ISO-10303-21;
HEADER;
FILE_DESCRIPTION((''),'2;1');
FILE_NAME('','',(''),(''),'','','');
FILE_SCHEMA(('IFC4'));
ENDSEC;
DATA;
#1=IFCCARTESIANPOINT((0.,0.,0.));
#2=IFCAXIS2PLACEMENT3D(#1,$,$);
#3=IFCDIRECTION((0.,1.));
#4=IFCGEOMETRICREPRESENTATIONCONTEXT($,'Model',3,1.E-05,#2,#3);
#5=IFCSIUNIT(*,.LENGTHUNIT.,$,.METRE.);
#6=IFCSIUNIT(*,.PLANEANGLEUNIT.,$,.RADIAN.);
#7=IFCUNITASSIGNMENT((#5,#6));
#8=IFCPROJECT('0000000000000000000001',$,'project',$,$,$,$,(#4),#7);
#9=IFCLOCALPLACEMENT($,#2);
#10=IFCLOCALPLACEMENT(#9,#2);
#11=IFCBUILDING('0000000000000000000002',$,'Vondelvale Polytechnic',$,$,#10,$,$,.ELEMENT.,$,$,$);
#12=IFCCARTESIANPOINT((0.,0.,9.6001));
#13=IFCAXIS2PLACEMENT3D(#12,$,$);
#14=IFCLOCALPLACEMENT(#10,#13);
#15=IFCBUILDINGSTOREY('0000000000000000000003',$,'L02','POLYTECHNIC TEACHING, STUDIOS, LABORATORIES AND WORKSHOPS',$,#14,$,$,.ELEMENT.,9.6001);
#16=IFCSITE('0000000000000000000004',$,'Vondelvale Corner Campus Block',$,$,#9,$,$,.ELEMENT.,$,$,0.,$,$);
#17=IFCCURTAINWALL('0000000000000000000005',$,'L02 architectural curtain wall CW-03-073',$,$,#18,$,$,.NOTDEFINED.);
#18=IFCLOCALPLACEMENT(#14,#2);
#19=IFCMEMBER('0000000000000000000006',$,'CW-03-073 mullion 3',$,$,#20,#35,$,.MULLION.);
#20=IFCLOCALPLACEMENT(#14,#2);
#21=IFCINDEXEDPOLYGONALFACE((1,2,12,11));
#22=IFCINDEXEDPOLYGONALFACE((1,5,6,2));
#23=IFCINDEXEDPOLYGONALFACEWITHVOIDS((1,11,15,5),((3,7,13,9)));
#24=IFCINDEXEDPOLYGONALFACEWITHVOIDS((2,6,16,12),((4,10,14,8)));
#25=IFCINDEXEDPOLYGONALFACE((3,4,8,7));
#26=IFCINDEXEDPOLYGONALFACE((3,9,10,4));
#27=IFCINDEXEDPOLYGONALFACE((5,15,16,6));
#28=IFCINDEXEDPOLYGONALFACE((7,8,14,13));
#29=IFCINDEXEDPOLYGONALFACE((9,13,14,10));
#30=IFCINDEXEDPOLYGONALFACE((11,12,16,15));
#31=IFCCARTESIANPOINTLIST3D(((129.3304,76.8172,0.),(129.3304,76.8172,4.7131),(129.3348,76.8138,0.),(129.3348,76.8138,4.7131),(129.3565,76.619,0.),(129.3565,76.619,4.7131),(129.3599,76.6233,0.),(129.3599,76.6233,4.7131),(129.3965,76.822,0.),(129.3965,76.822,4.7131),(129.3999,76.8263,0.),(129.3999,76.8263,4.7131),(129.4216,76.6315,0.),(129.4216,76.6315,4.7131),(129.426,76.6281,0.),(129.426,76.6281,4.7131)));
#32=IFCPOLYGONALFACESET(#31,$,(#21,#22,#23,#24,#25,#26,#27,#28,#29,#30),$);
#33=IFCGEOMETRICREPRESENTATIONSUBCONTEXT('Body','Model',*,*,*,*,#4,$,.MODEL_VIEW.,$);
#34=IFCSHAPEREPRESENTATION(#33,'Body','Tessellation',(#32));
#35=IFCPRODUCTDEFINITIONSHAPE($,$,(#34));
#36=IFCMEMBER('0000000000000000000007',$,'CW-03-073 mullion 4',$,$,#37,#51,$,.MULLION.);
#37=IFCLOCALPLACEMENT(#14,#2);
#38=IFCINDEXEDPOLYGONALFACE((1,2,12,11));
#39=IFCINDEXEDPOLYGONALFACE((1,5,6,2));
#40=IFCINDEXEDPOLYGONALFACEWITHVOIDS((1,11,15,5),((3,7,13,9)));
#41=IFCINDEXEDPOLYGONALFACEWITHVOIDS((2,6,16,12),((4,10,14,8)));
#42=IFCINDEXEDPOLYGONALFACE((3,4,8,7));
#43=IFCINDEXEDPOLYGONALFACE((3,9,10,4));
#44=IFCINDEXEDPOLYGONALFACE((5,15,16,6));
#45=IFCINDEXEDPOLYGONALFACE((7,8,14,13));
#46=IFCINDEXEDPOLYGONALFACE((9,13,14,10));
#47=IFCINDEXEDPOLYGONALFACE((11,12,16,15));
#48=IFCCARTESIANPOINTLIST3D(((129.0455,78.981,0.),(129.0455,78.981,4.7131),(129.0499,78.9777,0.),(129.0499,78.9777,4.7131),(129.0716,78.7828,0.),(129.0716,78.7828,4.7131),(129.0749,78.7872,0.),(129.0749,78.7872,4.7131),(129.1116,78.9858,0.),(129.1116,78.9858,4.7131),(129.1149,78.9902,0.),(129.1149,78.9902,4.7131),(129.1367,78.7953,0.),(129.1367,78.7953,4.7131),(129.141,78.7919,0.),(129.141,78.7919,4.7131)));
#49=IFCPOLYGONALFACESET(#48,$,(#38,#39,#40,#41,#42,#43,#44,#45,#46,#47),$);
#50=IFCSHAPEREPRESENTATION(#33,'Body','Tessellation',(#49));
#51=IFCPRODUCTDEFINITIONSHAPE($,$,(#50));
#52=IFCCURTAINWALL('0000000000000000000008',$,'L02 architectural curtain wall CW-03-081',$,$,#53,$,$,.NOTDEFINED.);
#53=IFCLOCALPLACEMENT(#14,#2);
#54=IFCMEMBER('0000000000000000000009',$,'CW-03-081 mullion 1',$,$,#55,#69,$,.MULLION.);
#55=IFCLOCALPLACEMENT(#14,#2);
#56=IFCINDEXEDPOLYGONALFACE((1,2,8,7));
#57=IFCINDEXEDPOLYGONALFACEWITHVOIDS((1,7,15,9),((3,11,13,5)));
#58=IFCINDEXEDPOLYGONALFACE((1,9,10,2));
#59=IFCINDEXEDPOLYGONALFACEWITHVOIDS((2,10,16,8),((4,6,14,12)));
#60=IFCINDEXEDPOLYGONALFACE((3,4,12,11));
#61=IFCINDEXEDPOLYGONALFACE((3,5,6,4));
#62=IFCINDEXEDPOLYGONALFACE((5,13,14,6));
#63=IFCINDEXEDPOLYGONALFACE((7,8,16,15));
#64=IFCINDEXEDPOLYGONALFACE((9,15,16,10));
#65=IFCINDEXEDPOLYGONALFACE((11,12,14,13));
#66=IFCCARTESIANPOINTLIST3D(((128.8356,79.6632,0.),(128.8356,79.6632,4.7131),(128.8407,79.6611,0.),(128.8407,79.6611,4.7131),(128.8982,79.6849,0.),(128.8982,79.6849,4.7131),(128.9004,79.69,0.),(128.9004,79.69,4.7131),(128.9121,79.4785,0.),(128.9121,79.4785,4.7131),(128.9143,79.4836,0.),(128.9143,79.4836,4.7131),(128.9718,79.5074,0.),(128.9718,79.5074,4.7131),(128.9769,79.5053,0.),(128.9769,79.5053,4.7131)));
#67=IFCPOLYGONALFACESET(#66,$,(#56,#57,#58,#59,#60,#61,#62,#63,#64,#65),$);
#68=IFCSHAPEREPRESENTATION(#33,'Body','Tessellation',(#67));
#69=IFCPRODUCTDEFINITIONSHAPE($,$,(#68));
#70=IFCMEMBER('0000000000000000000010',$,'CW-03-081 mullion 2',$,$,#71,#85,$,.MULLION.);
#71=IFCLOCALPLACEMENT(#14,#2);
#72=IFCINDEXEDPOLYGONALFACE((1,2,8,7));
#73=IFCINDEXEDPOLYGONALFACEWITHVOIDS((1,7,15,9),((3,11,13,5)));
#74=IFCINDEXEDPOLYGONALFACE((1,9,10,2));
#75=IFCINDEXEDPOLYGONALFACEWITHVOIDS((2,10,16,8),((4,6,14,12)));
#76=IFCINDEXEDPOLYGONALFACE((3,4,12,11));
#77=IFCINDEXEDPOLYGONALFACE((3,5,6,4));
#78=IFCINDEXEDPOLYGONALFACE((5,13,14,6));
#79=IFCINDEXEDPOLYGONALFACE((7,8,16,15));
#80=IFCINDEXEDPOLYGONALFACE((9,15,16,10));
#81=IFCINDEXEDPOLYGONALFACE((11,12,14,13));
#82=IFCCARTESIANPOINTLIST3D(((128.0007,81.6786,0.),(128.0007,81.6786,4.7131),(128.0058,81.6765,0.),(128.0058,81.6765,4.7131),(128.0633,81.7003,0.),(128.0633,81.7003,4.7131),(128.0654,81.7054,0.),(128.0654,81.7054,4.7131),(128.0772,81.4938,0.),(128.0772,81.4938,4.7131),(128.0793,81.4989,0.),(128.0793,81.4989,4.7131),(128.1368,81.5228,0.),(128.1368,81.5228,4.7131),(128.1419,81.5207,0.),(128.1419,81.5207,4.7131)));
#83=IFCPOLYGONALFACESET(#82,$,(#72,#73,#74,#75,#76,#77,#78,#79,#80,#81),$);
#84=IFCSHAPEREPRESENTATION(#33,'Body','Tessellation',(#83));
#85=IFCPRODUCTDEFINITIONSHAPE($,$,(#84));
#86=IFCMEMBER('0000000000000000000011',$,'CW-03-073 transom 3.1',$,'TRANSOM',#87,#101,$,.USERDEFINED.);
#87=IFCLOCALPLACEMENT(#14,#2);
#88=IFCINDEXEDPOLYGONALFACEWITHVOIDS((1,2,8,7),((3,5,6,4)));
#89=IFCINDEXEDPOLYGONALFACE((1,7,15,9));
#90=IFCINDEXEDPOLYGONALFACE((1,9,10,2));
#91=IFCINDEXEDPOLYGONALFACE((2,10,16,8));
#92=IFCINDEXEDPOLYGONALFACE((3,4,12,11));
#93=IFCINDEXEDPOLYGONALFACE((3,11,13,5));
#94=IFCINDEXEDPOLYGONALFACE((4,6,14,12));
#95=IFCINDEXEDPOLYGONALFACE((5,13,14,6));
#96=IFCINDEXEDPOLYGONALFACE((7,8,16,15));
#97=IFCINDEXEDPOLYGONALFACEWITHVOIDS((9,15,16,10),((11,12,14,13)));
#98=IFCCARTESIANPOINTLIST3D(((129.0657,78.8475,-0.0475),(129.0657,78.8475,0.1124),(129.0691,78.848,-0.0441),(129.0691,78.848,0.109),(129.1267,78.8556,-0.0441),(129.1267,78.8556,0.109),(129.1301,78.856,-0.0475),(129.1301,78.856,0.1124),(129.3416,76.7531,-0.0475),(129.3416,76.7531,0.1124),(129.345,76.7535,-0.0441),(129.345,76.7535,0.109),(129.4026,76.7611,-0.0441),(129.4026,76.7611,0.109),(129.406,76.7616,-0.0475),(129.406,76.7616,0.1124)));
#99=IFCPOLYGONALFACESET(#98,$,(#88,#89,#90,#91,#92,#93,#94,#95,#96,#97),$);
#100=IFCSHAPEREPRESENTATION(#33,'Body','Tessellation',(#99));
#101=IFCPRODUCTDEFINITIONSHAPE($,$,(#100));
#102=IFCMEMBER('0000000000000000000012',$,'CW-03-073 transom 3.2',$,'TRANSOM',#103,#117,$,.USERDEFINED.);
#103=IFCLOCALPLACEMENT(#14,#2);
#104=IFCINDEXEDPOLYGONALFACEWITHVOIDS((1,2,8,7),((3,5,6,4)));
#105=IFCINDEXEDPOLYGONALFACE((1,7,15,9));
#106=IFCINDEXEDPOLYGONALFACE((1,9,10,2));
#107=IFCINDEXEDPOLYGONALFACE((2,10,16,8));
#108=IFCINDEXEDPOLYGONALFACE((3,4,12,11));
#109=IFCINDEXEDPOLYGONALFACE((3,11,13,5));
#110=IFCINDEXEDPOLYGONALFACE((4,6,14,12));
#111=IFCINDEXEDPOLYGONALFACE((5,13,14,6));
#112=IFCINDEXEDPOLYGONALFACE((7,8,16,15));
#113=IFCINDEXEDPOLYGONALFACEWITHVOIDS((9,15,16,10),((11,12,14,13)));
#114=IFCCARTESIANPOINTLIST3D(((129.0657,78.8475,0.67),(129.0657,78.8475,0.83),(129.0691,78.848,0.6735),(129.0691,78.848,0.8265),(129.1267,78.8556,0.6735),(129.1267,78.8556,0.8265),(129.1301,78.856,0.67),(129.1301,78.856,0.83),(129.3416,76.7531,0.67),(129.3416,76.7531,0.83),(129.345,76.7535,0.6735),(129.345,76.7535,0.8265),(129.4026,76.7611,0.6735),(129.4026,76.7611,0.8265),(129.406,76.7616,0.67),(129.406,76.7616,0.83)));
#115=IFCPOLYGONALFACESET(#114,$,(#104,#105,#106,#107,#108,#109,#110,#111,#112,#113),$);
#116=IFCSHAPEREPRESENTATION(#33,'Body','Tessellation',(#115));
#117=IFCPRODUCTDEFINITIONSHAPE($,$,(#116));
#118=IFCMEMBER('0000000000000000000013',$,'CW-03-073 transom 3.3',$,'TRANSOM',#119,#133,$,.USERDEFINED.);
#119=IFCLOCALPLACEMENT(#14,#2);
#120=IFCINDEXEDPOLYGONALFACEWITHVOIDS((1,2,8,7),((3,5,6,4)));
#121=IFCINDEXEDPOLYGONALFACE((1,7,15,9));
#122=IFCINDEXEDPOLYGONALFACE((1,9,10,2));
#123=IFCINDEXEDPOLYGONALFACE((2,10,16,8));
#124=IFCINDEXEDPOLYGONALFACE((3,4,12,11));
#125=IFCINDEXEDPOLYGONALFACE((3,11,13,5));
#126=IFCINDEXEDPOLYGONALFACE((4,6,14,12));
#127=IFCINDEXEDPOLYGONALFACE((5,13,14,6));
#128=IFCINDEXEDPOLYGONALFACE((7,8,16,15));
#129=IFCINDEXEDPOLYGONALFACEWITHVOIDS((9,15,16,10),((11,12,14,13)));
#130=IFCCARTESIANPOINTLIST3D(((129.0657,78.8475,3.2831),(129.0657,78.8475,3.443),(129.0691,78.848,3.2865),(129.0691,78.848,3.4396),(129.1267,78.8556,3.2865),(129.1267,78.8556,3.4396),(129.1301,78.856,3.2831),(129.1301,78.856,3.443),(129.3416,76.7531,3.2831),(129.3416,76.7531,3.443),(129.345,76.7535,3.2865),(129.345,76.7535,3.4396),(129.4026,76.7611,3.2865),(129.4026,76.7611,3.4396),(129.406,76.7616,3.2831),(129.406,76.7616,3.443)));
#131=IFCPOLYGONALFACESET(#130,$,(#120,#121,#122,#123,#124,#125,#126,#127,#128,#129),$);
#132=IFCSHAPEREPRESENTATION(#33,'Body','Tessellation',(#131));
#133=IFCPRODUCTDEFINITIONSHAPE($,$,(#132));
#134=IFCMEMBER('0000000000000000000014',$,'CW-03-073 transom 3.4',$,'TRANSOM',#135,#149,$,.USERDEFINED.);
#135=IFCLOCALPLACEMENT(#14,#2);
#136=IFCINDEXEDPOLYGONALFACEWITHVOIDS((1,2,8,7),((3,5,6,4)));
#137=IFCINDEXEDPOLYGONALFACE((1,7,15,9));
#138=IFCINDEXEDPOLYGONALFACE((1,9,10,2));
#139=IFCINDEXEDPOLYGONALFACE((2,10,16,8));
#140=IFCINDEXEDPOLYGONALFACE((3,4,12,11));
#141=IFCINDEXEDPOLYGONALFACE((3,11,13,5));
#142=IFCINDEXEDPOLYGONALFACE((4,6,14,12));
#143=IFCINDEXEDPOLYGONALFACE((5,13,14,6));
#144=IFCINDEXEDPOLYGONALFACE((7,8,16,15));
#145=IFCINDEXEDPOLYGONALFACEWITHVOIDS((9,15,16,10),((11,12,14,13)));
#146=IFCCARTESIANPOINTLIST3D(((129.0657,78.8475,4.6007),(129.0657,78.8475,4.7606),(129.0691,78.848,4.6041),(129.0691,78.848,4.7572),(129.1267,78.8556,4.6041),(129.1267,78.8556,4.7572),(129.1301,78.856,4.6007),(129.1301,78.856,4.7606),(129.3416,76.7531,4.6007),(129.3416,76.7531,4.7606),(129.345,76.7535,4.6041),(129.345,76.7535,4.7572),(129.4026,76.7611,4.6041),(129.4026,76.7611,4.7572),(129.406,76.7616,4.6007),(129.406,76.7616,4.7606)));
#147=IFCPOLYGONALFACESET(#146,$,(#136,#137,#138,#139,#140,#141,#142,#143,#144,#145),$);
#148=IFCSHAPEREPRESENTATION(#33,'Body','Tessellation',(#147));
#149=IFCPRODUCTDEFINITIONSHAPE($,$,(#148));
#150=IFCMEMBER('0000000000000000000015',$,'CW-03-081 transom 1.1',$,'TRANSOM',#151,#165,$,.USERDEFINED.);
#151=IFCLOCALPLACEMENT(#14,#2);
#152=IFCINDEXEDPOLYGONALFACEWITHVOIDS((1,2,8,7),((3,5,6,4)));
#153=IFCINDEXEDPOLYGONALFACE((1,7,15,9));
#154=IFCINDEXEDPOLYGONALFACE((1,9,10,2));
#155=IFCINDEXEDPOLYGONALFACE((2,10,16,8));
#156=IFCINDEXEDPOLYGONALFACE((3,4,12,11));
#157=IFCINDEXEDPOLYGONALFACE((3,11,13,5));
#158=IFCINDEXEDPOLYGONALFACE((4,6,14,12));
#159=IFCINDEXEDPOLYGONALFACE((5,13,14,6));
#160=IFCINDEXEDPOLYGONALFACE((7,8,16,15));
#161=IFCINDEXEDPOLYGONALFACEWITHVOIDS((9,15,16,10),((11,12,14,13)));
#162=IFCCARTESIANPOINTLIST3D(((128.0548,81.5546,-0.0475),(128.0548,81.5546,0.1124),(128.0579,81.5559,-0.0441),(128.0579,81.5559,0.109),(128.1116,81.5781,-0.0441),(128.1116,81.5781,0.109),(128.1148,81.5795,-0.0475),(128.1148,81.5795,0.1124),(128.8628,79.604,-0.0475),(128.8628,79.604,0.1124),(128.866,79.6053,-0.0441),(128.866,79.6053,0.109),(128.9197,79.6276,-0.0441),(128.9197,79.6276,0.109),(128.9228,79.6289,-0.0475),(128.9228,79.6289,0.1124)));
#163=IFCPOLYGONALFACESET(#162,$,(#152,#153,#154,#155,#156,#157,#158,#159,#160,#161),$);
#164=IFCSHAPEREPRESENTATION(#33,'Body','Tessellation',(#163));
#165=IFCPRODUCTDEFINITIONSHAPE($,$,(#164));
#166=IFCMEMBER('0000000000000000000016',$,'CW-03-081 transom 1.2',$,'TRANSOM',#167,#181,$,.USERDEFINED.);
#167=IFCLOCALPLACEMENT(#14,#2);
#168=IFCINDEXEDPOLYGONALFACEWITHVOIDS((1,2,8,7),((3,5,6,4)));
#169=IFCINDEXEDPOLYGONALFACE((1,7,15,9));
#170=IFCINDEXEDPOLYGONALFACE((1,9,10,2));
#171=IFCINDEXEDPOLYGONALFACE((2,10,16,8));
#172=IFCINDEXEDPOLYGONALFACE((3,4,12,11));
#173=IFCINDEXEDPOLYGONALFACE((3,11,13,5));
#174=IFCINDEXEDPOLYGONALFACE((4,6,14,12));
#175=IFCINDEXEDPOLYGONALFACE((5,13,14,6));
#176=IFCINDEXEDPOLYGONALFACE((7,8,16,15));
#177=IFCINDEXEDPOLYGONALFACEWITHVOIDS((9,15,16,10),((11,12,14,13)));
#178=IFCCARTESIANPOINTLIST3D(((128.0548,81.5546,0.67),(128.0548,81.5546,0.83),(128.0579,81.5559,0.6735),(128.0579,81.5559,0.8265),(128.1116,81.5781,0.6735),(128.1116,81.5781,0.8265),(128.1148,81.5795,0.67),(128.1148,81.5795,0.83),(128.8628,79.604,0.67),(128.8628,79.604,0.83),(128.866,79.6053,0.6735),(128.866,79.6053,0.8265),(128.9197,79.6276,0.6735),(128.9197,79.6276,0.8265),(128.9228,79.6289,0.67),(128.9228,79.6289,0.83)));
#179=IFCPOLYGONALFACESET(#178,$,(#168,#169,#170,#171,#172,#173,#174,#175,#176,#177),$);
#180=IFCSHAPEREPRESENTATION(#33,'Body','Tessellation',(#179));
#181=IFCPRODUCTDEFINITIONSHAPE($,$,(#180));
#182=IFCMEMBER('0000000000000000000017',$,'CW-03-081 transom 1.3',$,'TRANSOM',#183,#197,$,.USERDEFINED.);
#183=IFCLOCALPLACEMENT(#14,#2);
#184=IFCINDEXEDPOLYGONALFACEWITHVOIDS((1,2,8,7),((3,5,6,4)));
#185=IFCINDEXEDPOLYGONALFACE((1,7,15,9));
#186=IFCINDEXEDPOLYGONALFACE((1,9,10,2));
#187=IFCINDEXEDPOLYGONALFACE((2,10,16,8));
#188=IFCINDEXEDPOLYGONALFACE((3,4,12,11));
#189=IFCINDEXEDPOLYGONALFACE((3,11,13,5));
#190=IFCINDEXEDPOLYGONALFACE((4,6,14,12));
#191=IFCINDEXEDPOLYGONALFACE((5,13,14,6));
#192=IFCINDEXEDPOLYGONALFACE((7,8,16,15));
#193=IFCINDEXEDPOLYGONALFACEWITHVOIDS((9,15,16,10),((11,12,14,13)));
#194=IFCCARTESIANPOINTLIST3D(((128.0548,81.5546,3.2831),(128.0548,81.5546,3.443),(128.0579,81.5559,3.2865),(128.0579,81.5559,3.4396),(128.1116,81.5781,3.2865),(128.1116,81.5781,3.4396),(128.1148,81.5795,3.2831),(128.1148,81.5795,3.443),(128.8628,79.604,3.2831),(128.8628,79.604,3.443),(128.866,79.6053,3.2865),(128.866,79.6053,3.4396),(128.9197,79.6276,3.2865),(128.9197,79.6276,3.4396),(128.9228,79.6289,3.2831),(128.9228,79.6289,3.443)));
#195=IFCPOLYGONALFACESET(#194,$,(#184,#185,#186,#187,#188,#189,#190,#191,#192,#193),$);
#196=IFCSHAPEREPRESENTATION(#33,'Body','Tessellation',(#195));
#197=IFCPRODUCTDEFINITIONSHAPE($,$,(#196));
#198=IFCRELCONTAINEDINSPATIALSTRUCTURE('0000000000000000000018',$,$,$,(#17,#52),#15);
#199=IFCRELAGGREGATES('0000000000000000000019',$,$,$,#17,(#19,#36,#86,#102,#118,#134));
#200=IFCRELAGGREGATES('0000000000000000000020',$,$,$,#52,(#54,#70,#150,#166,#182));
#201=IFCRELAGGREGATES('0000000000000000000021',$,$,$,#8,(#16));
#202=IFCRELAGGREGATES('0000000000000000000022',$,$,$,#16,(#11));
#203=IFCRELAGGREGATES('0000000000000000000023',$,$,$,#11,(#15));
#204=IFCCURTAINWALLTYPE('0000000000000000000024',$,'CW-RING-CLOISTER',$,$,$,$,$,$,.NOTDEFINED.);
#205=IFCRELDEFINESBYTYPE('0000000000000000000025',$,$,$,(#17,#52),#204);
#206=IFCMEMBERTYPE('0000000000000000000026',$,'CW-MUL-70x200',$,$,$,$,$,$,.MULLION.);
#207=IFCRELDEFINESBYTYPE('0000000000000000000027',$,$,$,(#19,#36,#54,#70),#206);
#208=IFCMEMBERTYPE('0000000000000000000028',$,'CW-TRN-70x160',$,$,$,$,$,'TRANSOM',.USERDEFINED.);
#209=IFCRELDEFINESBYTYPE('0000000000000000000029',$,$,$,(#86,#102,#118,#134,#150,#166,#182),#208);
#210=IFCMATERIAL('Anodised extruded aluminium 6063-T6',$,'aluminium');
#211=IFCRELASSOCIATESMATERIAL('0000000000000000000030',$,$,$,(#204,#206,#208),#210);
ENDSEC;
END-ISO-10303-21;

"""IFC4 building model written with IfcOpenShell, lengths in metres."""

from ifc_helpers import new_model, si_unit, direction, frame, origin, origin_2d, place, context, subcontext, project, spatial, hollow_rectangle, extrude, material, material_profile, profile_set, type_object, element, aggregate, save


model = new_model("IFC4")

# Units and contexts
model_context = context("Model", 3, precision=1e-05, world=origin(), true_north=direction((0.0, 1.0)))
body_context = subcontext(model_context, "Body", "Model", "MODEL_VIEW")
ifc_project = project(units=[si_unit("LENGTHUNIT", "METRE"), si_unit("PLANEANGLEUNIT", "RADIAN")], contexts=[model_context])

# Site, building, storey
site_placement = place(None, origin())
site = spatial("IfcSite", under=ifc_project, at=site_placement, Name="Vondelvale Corner Campus Block", CompositionType="ELEMENT", RefElevation=0.0)
building_placement = place(site_placement, origin())
building = spatial("IfcBuilding", under=site, at=building_placement, Name="Vondelvale Polytechnic", CompositionType="ELEMENT")
storey_placement = place(building_placement, frame((0.0, 0.0, 9.6001)))
storey = spatial("IfcBuildingStorey", under=building, at=storey_placement, Name="L02", Description="POLYTECHNIC TEACHING, STUDIOS, LABORATORIES AND WORKSHOPS", CompositionType="ELEMENT", Elevation=9.6001)

# Curtain walls, members
ifc_material_1 = material(Name="Anodised extruded aluminium 6063-T6", Category="aluminium")
curtain_wall_type = type_object("IfcCurtainWallType", Name="CW-RING-CLOISTER", PredefinedType="NOTDEFINED", material=ifc_material_1)
curtain_wall_1_placement = place(storey_placement, origin())
curtain_wall_1 = element("IfcCurtainWall", 1, at=curtain_wall_1_placement, inside=storey, type_object=curtain_wall_type, Name="L02 architectural curtain wall CW-03-073", PredefinedType="NOTDEFINED")
ifc_material_profile_1 = material_profile(ifc_material_1, hollow_rectangle(XDim=0.0701, YDim=0.2, WallThickness=0.0039, at=origin_2d()), Name="CW-MUL-200x70")
ifc_profile_set_1 = profile_set([ifc_material_profile_1], Name="Anodised extruded aluminium 6063-T6")
member_type_1 = type_object("IfcMemberType", Name="CW-MUL-70x200", PredefinedType="MULLION", material=ifc_profile_set_1)
member_1_placement = place(storey_placement, frame((129.3782, 76.7227, 0.0), z_axis=(0.0, 0.0, 1.0), x_axis=(-0.991445, -0.130528, 0.0)))
member_1 = element("IfcMember", 2, at=member_1_placement, type_object=member_type_1, Name="CW-03-073 mullion 3", PredefinedType="MULLION", context=body_context, shape_type="SweptSolid", body=[
    extrude(hollow_rectangle(XDim=0.0701, YDim=0.2, WallThickness=0.0039, at=origin_2d()), origin(), (0.0, 0.0, 1.0), 4.7131),
])
member_2_placement = place(storey_placement, frame((129.0933, 78.8865, 0.0), z_axis=(0.0, 0.0, 1.0), x_axis=(-0.991445, -0.130528, 0.0)))
member_2 = element("IfcMember", 3, at=member_2_placement, type_object=member_type_1, Name="CW-03-073 mullion 4", PredefinedType="MULLION", context=body_context, shape_type="SweptSolid", body=[
    extrude(hollow_rectangle(XDim=0.0701, YDim=0.2, WallThickness=0.0039, at=origin_2d()), origin(), (0.0, 0.0, 1.0), 4.7131),
])
curtain_wall_2_placement = place(storey_placement, origin())
curtain_wall_2 = element("IfcCurtainWall", 4, at=curtain_wall_2_placement, inside=storey, type_object=curtain_wall_type, Name="L02 architectural curtain wall CW-03-081", PredefinedType="NOTDEFINED")
member_3_placement = place(storey_placement, frame((128.9062, 79.5842, 0.0), z_axis=(0.0, 0.0, 1.0), x_axis=(-0.923882, -0.382679, 0.0)))
member_3 = element("IfcMember", 5, at=member_3_placement, type_object=member_type_1, Name="CW-03-081 mullion 1", PredefinedType="MULLION", context=body_context, shape_type="SweptSolid", body=[
    extrude(hollow_rectangle(XDim=0.0701, YDim=0.2, WallThickness=0.0039, at=origin_2d()), origin(), (0.0, 0.0, 1.0), 4.7131),
])
member_4_placement = place(storey_placement, frame((128.0713, 81.5996, 0.0), z_axis=(0.0, 0.0, 1.0), x_axis=(-0.923882, -0.382679, 0.0)))
member_4 = element("IfcMember", 6, at=member_4_placement, type_object=member_type_1, Name="CW-03-081 mullion 2", PredefinedType="MULLION", context=body_context, shape_type="SweptSolid", body=[
    extrude(hollow_rectangle(XDim=0.0701, YDim=0.2, WallThickness=0.0039, at=origin_2d()), origin(), (0.0, 0.0, 1.0), 4.7131),
])

# Members
ifc_material_profile_2 = material_profile(ifc_material_1, hollow_rectangle(XDim=0.0649, YDim=0.1599, WallThickness=0.0034, at=origin_2d()), Name="CW-TRN-160x65")
ifc_profile_set_2 = profile_set([ifc_material_profile_2], Name="Anodised extruded aluminium 6063-T6")
member_type_2 = type_object("IfcMemberType", Name="CW-TRN-70x160", ElementType="TRANSOM", PredefinedType="USERDEFINED", material=ifc_profile_set_2)
member_5_placement = place(storey_placement, frame((129.3738, 76.7573, 0.0325), z_axis=(-0.130589, 0.991437, 0.0), x_axis=(-0.991437, -0.130589, 0.0)))
member_5 = element("IfcMember", 7, at=member_5_placement, type_object=member_type_2, Name="CW-03-073 transom 3.1", ObjectType="TRANSOM", PredefinedType="USERDEFINED", context=body_context, shape_type="SweptSolid", body=[
    extrude(hollow_rectangle(XDim=0.0649, YDim=0.1599, WallThickness=0.0034, at=origin_2d()), origin(), (0.0, 0.0, 1.0), 2.1125),
])
member_6_placement = place(storey_placement, frame((129.3738, 76.7573, 0.75), z_axis=(-0.130589, 0.991437, 0.0), x_axis=(-0.991437, -0.130589, 0.0)))
member_6 = element("IfcMember", 8, at=member_6_placement, type_object=member_type_2, Name="CW-03-073 transom 3.2", ObjectType="TRANSOM", PredefinedType="USERDEFINED", context=body_context, shape_type="SweptSolid", body=[
    extrude(hollow_rectangle(XDim=0.0649, YDim=0.1599, WallThickness=0.0034, at=origin_2d()), origin(), (0.0, 0.0, 1.0), 2.1125),
])
member_7_placement = place(storey_placement, frame((129.3738, 76.7573, 3.363), z_axis=(-0.130589, 0.991437, 0.0), x_axis=(-0.991437, -0.130589, 0.0)))
member_7 = element("IfcMember", 9, at=member_7_placement, type_object=member_type_2, Name="CW-03-073 transom 3.3", ObjectType="TRANSOM", PredefinedType="USERDEFINED", context=body_context, shape_type="SweptSolid", body=[
    extrude(hollow_rectangle(XDim=0.0649, YDim=0.1599, WallThickness=0.0034, at=origin_2d()), origin(), (0.0, 0.0, 1.0), 2.1125),
])
member_8_placement = place(storey_placement, frame((129.3738, 76.7573, 4.6807), z_axis=(-0.130589, 0.991437, 0.0), x_axis=(-0.991437, -0.130589, 0.0)))
member_8 = element("IfcMember", 10, at=member_8_placement, type_object=member_type_2, Name="CW-03-073 transom 3.4", ObjectType="TRANSOM", PredefinedType="USERDEFINED", context=body_context, shape_type="SweptSolid", body=[
    extrude(hollow_rectangle(XDim=0.0649, YDim=0.1599, WallThickness=0.0034, at=origin_2d()), origin(), (0.0, 0.0, 1.0), 2.1125),
])
member_9_placement = place(storey_placement, frame((128.8928, 79.6165, 0.0325), z_axis=(-0.382726, 0.923862, 0.0), x_axis=(-0.923862, -0.382726, 0.0)))
member_9 = element("IfcMember", 11, at=member_9_placement, type_object=member_type_2, Name="CW-03-081 transom 1.1", ObjectType="TRANSOM", PredefinedType="USERDEFINED", context=body_context, shape_type="SweptSolid", body=[
    extrude(hollow_rectangle(XDim=0.0649, YDim=0.1599, WallThickness=0.0034, at=origin_2d()), origin(), (0.0, 0.0, 1.0), 2.1113),
])
member_10_placement = place(storey_placement, frame((128.8928, 79.6165, 0.75), z_axis=(-0.382726, 0.923862, 0.0), x_axis=(-0.923862, -0.382726, 0.0)))
member_10 = element("IfcMember", 12, at=member_10_placement, type_object=member_type_2, Name="CW-03-081 transom 1.2", ObjectType="TRANSOM", PredefinedType="USERDEFINED", context=body_context, shape_type="SweptSolid", body=[
    extrude(hollow_rectangle(XDim=0.0649, YDim=0.1599, WallThickness=0.0034, at=origin_2d()), origin(), (0.0, 0.0, 1.0), 2.1113),
])
member_11_placement = place(storey_placement, frame((128.8928, 79.6165, 3.363), z_axis=(-0.382726, 0.923862, 0.0), x_axis=(-0.923862, -0.382726, 0.0)))
member_11 = element("IfcMember", 13, at=member_11_placement, type_object=member_type_2, Name="CW-03-081 transom 1.3", ObjectType="TRANSOM", PredefinedType="USERDEFINED", context=body_context, shape_type="SweptSolid", body=[
    extrude(hollow_rectangle(XDim=0.0649, YDim=0.1599, WallThickness=0.0034, at=origin_2d()), origin(), (0.0, 0.0, 1.0), 2.1113),
])

aggregate(curtain_wall_1, [member_1, member_2, member_5, member_6, member_7, member_8])
aggregate(curtain_wall_2, [member_3, member_4, member_9, member_10, member_11])

save(model, "model.ifc")
